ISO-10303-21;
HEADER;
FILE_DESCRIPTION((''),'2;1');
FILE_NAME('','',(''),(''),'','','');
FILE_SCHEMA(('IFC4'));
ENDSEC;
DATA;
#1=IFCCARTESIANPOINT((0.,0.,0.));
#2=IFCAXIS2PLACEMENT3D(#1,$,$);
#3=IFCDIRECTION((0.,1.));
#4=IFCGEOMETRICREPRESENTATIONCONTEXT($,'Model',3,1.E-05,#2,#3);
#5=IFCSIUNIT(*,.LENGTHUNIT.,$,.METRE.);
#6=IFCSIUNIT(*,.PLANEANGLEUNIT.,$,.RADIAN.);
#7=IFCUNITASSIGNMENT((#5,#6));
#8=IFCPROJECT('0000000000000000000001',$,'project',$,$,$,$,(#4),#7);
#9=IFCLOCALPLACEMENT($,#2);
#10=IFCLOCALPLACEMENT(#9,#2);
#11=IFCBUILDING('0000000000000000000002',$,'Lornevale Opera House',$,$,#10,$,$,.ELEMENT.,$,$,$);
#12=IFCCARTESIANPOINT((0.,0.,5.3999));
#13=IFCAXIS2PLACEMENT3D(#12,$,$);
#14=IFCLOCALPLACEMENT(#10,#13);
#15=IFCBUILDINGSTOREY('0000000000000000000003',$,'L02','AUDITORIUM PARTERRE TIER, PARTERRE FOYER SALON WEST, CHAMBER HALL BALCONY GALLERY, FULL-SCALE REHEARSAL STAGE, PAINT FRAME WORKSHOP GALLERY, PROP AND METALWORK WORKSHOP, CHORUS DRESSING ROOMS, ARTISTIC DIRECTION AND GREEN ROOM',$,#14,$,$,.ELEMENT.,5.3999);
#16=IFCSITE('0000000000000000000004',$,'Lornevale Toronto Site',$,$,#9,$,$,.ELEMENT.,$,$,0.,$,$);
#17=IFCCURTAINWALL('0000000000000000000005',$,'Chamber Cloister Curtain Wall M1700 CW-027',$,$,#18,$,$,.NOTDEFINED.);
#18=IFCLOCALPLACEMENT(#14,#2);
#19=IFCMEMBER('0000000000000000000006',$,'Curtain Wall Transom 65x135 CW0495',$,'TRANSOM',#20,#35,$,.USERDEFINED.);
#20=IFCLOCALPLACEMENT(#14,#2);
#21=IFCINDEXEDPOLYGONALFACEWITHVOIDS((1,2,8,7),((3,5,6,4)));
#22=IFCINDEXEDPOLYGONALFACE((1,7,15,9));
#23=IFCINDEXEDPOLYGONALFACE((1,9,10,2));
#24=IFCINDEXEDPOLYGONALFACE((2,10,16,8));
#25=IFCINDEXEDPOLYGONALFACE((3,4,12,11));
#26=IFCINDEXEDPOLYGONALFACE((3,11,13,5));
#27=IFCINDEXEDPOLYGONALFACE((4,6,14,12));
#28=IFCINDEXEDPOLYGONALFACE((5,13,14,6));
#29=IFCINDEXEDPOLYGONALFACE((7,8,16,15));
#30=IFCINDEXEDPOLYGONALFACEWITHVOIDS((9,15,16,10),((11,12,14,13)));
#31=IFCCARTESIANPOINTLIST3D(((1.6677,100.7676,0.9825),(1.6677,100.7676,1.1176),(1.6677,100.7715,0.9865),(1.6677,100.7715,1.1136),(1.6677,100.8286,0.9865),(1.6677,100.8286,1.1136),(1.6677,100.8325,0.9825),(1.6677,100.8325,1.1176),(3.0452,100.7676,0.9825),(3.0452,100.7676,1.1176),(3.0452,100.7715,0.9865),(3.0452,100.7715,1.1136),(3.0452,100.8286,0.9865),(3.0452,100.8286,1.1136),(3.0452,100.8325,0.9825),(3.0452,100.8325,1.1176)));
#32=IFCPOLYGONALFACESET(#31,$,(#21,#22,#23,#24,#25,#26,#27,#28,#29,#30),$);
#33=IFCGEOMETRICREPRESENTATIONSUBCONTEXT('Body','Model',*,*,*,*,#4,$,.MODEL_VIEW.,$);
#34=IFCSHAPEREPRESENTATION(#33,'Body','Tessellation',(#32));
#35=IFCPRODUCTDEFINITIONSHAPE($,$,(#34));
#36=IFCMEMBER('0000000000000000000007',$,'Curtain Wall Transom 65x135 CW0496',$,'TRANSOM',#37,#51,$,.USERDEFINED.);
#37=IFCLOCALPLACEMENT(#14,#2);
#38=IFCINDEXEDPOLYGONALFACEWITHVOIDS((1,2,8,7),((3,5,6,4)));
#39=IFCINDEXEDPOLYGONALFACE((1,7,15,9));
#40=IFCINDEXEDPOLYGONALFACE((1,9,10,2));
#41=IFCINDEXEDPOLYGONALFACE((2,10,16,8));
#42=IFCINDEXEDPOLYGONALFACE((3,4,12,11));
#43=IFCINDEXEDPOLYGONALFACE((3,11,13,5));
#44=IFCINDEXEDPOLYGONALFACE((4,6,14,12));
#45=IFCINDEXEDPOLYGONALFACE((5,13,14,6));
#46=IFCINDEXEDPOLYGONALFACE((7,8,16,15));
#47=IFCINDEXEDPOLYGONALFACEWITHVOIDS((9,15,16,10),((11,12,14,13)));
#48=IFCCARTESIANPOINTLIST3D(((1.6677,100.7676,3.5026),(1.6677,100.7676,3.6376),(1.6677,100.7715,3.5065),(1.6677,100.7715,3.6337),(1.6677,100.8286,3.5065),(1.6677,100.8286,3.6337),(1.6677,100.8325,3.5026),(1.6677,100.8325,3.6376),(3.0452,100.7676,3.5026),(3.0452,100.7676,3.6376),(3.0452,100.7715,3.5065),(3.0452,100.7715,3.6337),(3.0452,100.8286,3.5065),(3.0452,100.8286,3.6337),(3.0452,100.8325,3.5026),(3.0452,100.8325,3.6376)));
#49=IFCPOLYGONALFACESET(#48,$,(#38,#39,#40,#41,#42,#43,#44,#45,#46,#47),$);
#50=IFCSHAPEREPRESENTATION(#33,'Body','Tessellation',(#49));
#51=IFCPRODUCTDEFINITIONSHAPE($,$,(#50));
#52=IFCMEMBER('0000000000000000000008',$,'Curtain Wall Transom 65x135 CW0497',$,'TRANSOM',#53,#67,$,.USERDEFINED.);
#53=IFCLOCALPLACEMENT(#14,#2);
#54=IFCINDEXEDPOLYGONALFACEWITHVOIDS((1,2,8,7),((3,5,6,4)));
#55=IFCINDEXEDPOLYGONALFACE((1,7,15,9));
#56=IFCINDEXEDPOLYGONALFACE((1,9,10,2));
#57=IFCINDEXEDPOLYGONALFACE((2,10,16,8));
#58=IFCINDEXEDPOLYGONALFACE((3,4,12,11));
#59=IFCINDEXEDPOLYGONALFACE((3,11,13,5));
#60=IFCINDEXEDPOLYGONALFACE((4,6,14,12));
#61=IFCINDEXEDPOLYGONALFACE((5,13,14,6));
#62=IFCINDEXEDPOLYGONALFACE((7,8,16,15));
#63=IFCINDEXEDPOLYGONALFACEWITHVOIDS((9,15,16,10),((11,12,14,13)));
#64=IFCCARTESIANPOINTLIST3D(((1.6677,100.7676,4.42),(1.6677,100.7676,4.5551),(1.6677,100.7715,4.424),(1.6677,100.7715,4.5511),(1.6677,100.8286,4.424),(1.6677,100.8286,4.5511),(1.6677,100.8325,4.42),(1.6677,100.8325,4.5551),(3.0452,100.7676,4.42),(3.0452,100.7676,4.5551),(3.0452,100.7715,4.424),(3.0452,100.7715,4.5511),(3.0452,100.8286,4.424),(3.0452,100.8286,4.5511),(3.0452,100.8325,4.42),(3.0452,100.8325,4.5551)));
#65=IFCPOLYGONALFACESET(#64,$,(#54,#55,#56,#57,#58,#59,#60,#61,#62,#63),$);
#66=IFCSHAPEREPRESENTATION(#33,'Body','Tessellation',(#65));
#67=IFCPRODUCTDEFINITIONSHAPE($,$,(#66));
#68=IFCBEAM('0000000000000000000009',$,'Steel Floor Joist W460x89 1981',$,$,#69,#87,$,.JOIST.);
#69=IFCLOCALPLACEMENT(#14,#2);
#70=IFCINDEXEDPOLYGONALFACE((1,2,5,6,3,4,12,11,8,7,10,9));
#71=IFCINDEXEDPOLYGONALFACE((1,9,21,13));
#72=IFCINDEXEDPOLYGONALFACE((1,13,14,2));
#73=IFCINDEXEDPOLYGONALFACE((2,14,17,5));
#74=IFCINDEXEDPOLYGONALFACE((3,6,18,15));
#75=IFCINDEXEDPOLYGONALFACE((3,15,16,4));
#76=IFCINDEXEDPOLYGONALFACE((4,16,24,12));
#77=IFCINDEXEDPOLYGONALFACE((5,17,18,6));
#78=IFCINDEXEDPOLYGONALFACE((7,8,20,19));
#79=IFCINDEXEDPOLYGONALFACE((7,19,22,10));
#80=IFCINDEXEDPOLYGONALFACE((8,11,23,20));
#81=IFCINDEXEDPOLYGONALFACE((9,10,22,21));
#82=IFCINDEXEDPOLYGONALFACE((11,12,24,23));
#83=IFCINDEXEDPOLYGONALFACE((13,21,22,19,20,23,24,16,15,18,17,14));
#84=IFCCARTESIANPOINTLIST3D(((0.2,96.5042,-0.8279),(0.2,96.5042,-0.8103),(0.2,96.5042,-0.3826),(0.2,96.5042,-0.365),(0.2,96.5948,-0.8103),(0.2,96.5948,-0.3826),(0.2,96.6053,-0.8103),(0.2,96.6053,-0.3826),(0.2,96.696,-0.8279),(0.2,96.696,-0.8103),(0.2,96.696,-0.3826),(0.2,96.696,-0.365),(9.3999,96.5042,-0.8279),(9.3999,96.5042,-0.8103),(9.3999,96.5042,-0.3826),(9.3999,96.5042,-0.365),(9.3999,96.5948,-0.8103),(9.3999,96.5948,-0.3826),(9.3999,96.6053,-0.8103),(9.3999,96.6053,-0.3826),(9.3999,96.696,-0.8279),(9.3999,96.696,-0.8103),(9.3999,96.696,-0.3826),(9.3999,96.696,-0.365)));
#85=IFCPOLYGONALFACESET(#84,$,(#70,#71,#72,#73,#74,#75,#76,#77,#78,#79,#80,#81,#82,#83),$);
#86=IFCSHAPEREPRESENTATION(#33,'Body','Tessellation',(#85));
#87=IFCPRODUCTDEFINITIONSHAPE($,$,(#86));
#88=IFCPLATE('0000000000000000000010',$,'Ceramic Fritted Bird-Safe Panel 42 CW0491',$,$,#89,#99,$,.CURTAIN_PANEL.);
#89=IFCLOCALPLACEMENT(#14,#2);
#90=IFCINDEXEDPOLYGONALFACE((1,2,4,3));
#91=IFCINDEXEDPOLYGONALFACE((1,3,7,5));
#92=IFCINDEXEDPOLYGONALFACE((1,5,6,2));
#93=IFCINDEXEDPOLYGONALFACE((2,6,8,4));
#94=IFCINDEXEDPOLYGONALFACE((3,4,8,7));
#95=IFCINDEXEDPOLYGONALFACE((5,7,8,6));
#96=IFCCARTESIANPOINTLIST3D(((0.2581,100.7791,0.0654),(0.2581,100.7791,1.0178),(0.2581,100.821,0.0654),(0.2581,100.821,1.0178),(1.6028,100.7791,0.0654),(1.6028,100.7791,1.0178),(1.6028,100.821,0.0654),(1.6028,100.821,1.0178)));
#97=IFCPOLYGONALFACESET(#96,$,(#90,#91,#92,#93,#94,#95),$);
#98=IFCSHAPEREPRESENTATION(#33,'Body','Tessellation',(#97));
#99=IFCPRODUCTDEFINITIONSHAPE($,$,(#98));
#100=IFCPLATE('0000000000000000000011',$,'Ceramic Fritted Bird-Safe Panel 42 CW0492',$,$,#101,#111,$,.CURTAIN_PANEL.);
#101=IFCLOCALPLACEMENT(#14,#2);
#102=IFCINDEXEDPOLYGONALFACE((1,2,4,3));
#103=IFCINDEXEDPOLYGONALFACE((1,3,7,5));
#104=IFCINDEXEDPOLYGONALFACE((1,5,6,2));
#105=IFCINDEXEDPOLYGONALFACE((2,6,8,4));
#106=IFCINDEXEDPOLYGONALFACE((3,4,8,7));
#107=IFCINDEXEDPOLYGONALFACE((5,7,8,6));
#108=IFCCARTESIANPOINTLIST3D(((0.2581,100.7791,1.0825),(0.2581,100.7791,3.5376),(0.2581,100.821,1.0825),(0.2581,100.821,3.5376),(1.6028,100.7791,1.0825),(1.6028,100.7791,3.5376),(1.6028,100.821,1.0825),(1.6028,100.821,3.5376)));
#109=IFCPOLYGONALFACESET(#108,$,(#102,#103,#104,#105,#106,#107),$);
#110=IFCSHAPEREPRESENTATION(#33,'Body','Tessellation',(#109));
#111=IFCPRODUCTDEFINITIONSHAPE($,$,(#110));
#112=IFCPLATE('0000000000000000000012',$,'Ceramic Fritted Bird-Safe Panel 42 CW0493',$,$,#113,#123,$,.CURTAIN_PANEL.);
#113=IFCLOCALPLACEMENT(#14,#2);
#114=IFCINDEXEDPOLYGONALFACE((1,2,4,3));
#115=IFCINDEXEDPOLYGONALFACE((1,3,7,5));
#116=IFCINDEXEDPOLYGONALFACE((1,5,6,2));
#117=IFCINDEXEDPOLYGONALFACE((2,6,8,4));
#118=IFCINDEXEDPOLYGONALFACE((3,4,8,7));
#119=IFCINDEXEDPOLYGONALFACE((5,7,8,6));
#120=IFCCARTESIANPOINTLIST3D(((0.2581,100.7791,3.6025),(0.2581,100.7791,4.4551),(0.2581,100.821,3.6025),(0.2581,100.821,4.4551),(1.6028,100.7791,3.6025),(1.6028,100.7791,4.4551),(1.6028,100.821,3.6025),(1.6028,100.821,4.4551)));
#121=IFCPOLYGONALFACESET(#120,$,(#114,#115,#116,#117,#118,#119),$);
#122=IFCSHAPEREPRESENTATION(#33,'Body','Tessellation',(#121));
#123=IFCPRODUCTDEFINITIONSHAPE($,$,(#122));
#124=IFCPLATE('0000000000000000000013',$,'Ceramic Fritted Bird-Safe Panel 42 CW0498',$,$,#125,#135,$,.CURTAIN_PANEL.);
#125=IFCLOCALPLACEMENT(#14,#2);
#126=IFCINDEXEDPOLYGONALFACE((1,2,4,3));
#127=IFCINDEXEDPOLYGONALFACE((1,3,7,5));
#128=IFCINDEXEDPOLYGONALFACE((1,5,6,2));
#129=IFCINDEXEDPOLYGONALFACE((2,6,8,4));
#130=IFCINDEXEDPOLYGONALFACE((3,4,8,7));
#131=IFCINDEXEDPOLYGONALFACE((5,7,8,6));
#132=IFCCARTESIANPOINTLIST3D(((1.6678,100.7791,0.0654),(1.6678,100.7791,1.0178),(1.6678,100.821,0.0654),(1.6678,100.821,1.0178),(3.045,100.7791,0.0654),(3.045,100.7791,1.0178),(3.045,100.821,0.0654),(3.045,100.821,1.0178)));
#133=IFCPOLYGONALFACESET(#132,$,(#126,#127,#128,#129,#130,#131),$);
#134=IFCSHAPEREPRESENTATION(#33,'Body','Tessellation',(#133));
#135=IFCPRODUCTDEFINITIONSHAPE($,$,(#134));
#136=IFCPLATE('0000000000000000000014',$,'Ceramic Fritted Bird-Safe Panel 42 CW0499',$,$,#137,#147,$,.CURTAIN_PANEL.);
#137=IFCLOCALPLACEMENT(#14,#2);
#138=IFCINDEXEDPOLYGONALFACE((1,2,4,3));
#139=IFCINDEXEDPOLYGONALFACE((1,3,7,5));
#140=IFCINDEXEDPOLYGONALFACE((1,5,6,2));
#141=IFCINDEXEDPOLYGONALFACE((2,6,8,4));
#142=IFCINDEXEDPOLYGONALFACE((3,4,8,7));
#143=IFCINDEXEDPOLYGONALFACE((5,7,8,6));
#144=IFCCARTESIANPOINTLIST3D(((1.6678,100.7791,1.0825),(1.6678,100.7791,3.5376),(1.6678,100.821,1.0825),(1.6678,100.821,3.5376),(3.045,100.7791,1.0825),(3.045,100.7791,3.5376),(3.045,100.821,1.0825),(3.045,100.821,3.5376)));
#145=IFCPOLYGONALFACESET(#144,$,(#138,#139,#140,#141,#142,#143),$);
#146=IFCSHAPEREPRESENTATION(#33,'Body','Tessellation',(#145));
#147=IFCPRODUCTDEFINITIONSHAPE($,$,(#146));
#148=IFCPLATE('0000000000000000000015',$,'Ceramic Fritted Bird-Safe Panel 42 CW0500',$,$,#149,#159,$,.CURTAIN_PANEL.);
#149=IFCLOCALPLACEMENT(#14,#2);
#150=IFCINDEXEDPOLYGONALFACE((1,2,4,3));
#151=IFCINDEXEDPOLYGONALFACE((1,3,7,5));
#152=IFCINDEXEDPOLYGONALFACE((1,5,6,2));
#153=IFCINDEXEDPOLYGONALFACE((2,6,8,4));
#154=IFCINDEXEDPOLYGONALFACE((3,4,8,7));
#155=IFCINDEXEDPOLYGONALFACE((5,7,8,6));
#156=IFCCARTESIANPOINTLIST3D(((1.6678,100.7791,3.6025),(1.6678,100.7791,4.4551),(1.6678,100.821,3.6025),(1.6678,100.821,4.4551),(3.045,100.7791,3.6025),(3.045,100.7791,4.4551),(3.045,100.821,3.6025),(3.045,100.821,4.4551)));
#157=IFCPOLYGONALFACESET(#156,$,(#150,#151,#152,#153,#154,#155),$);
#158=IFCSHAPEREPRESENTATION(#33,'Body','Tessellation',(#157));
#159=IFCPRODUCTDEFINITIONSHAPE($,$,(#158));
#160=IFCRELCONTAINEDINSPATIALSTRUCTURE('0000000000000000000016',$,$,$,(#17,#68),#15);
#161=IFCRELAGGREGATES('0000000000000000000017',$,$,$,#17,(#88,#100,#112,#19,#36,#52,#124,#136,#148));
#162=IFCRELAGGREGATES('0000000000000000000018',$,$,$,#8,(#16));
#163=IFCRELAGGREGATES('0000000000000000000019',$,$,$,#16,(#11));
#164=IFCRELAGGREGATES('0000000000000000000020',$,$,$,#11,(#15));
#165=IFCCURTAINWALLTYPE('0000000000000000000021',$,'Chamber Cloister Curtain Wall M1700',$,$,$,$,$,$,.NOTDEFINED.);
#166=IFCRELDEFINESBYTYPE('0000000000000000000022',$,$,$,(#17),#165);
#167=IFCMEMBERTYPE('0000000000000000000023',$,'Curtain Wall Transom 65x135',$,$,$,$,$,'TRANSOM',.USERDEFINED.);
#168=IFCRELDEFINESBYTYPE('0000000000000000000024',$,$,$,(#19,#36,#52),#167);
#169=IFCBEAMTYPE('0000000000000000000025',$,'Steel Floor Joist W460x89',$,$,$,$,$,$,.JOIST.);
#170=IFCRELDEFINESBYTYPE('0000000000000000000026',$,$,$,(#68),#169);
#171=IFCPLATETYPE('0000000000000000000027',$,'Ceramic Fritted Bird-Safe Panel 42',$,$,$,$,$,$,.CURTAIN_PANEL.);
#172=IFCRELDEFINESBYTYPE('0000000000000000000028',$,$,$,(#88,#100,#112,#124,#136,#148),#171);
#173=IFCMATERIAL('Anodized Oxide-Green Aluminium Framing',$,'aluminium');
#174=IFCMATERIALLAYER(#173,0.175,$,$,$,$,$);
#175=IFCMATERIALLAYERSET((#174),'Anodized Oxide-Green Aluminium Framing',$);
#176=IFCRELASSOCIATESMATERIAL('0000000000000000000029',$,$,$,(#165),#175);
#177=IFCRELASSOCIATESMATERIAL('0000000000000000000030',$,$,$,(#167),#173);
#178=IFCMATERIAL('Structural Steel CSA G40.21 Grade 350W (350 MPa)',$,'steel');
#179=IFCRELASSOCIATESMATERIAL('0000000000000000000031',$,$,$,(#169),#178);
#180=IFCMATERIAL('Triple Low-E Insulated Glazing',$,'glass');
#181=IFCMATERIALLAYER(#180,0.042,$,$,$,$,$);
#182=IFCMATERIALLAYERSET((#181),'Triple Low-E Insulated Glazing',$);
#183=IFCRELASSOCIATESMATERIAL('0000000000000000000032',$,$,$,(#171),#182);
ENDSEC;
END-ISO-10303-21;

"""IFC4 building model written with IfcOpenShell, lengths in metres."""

from ifc_helpers import new_model, si_unit, direction, frame, origin, origin_2d, place, context, subcontext, project, spatial, rectangle, hollow_rectangle, i_section, extrude, material, layer, layer_set, material_profile, profile_set, type_object, element, aggregate, save


model = new_model("IFC4")

# Units and contexts
model_context = context("Model", 3, precision=1e-05, world=origin(), true_north=direction((0.0, 1.0)))
body_context = subcontext(model_context, "Body", "Model", "MODEL_VIEW")
ifc_project = project(units=[si_unit("LENGTHUNIT", "METRE"), si_unit("PLANEANGLEUNIT", "RADIAN")], contexts=[model_context])

# Site, building, storey
site_placement = place(None, origin())
site = spatial("IfcSite", under=ifc_project, at=site_placement, Name="Lornevale Toronto Site", CompositionType="ELEMENT", RefElevation=0.0)
building_placement = place(site_placement, origin())
building = spatial("IfcBuilding", under=site, at=building_placement, Name="Lornevale Opera House", CompositionType="ELEMENT")
storey_placement = place(building_placement, frame((0.0, 0.0, 5.3999)))
storey = spatial("IfcBuildingStorey", under=building, at=storey_placement, Name="L02", Description="AUDITORIUM PARTERRE TIER, PARTERRE FOYER SALON WEST, CHAMBER HALL BALCONY GALLERY, FULL-SCALE REHEARSAL STAGE, PAINT FRAME WORKSHOP GALLERY, PROP AND METALWORK WORKSHOP, CHORUS DRESSING ROOMS, ARTISTIC DIRECTION AND GREEN ROOM", CompositionType="ELEMENT", Elevation=5.3999)

# Shared definitions
ifc_material_1 = material(Name="Structural Steel CSA G40.21 Grade 350W (350 MPa)", Category="steel")

# Curtain wall, members
ifc_material_2 = material(Name="Anodized Oxide-Green Aluminium Framing", Category="aluminium")
ifc_layer_1 = layer(ifc_material_2, 0.175)
ifc_layer_set_1 = layer_set([ifc_layer_1], Name="Anodized Oxide-Green Aluminium Framing")
curtain_wall_type = type_object("IfcCurtainWallType", Name="Chamber Cloister Curtain Wall M1700", PredefinedType="NOTDEFINED", material=ifc_layer_set_1)
curtain_wall_placement = place(storey_placement, origin())
curtain_wall = element("IfcCurtainWall", 1, at=curtain_wall_placement, inside=storey, type_object=curtain_wall_type, Name="Chamber Cloister Curtain Wall M1700 CW-027", PredefinedType="NOTDEFINED")
ifc_material_profile_1 = material_profile(ifc_material_2, hollow_rectangle(XDim=0.0649, YDim=0.135, WallThickness=0.0039, at=origin_2d()), Name="ALU65x135x4")
ifc_profile_set_1 = profile_set([ifc_material_profile_1], Name="Anodized Oxide-Green Aluminium Framing")
member_type_1 = type_object("IfcMemberType", Name="Curtain Wall Transom 65x135", ElementType="TRANSOM", PredefinedType="USERDEFINED", material=ifc_profile_set_1)
member_1_placement = place(storey_placement, frame((1.6677, 100.8, 1.05), z_axis=(1.0, 0.0, 0.0), x_axis=(0.0, 1.0, 0.0)))
member_1 = element("IfcMember", 2, at=member_1_placement, type_object=member_type_1, Name="Curtain Wall Transom 65x135 CW0495", ObjectType="TRANSOM", PredefinedType="USERDEFINED", context=body_context, shape_type="SweptSolid", body=[
    extrude(hollow_rectangle(XDim=0.0649, YDim=0.135, WallThickness=0.0039, at=origin_2d()), origin(), (0.0, 0.0, 1.0), 1.3774),
])
member_2_placement = place(storey_placement, frame((1.6677, 100.8, 3.5701), z_axis=(1.0, 0.0, 0.0), x_axis=(0.0, 1.0, 0.0)))
member_2 = element("IfcMember", 3, at=member_2_placement, type_object=member_type_1, Name="Curtain Wall Transom 65x135 CW0496", ObjectType="TRANSOM", PredefinedType="USERDEFINED", context=body_context, shape_type="SweptSolid", body=[
    extrude(hollow_rectangle(XDim=0.0649, YDim=0.135, WallThickness=0.0039, at=origin_2d()), origin(), (0.0, 0.0, 1.0), 1.3774),
])
member_3_placement = place(storey_placement, frame((1.6677, 100.8, 4.4875), z_axis=(1.0, 0.0, 0.0), x_axis=(0.0, 1.0, 0.0)))
member_3 = element("IfcMember", 4, at=member_3_placement, type_object=member_type_1, Name="Curtain Wall Transom 65x135 CW0497", ObjectType="TRANSOM", PredefinedType="USERDEFINED", context=body_context, shape_type="SweptSolid", body=[
    extrude(hollow_rectangle(XDim=0.0649, YDim=0.135, WallThickness=0.0039, at=origin_2d()), origin(), (0.0, 0.0, 1.0), 1.3774),
])

# Beam
ifc_material_profile_2 = material_profile(ifc_material_1, i_section(OverallWidth=0.1919, OverallDepth=0.4629, WebThickness=0.0105, FlangeThickness=0.0176, at=origin_2d()), Name="W460x89")
ifc_profile_set_2 = profile_set([ifc_material_profile_2], Name="Structural Steel CSA G40.21 Grade 350W (350 MPa)")
beam_type_1 = type_object("IfcBeamType", Name="Steel Floor Joist W460x89", PredefinedType="JOIST", material=ifc_profile_set_2)
beam_1_placement = place(storey_placement, frame((0.2, 96.6001, -0.5964), z_axis=(1.0, 0.0, 0.0), x_axis=(0.0, 1.0, 0.0)))
element("IfcBeam", 5, at=beam_1_placement, inside=storey, type_object=beam_type_1, Name="Steel Floor Joist W460x89 1981", PredefinedType="JOIST", context=body_context, shape_type="SweptSolid", body=[
    extrude(i_section(OverallWidth=0.1919, OverallDepth=0.4629, WebThickness=0.0105, FlangeThickness=0.0176, at=origin_2d()), origin(), (0.0, 0.0, 1.0), 9.2),
])

# Plates
ifc_material_3 = material(Name="Triple Low-E Insulated Glazing", Category="glass")
ifc_layer_2 = layer(ifc_material_3, 0.042)
ifc_layer_set_2 = layer_set([ifc_layer_2], Name="Triple Low-E Insulated Glazing")
plate_type = type_object("IfcPlateType", Name="Ceramic Fritted Bird-Safe Panel 42", PredefinedType="CURTAIN_PANEL", material=ifc_layer_set_2)
plate_1_placement = place(storey_placement, frame((0.9304, 100.8, 0.0654), z_axis=(0.0, 0.0, 1.0), x_axis=(1.0, 0.0, 0.0)))
plate_1 = element("IfcPlate", 6, at=plate_1_placement, type_object=plate_type, Name="Ceramic Fritted Bird-Safe Panel 42 CW0491", PredefinedType="CURTAIN_PANEL", context=body_context, shape_type="SweptSolid", body=[
    extrude(rectangle(XDim=1.3447, YDim=0.042, at=origin_2d()), origin(), (0.0, 0.0, 1.0), 0.9524),
])
plate_2_placement = place(storey_placement, frame((0.9304, 100.8, 1.0825), z_axis=(0.0, 0.0, 1.0), x_axis=(1.0, 0.0, 0.0)))
plate_2 = element("IfcPlate", 7, at=plate_2_placement, type_object=plate_type, Name="Ceramic Fritted Bird-Safe Panel 42 CW0492", PredefinedType="CURTAIN_PANEL", context=body_context, shape_type="SweptSolid", body=[
    extrude(rectangle(XDim=1.3447, YDim=0.042, at=origin_2d()), origin(), (0.0, 0.0, 1.0), 2.4551),
])
plate_3_placement = place(storey_placement, frame((0.9304, 100.8, 3.6025), z_axis=(0.0, 0.0, 1.0), x_axis=(1.0, 0.0, 0.0)))
plate_3 = element("IfcPlate", 8, at=plate_3_placement, type_object=plate_type, Name="Ceramic Fritted Bird-Safe Panel 42 CW0493", PredefinedType="CURTAIN_PANEL", context=body_context, shape_type="SweptSolid", body=[
    extrude(rectangle(XDim=1.3447, YDim=0.042, at=origin_2d()), origin(), (0.0, 0.0, 1.0), 0.8525),
])
plate_4_placement = place(storey_placement, frame((2.3564, 100.8, 0.0654), z_axis=(0.0, 0.0, 1.0), x_axis=(1.0, 0.0, 0.0)))
plate_4 = element("IfcPlate", 9, at=plate_4_placement, type_object=plate_type, Name="Ceramic Fritted Bird-Safe Panel 42 CW0498", PredefinedType="CURTAIN_PANEL", context=body_context, shape_type="SweptSolid", body=[
    extrude(rectangle(XDim=1.3772, YDim=0.042, at=origin_2d()), origin(), (0.0, 0.0, 1.0), 0.9524),
])
plate_5_placement = place(storey_placement, frame((2.3564, 100.8, 1.0825), z_axis=(0.0, 0.0, 1.0), x_axis=(1.0, 0.0, 0.0)))
plate_5 = element("IfcPlate", 10, at=plate_5_placement, type_object=plate_type, Name="Ceramic Fritted Bird-Safe Panel 42 CW0499", PredefinedType="CURTAIN_PANEL", context=body_context, shape_type="SweptSolid", body=[
    extrude(rectangle(XDim=1.3772, YDim=0.042, at=origin_2d()), origin(), (0.0, 0.0, 1.0), 2.4551),
])
plate_6_placement = place(storey_placement, frame((2.3564, 100.8, 3.6025), z_axis=(0.0, 0.0, 1.0), x_axis=(1.0, 0.0, 0.0)))
plate_6 = element("IfcPlate", 11, at=plate_6_placement, type_object=plate_type, Name="Ceramic Fritted Bird-Safe Panel 42 CW0500", PredefinedType="CURTAIN_PANEL", context=body_context, shape_type="SweptSolid", body=[
    extrude(rectangle(XDim=1.3772, YDim=0.042, at=origin_2d()), origin(), (0.0, 0.0, 1.0), 0.8525),
])
aggregate(curtain_wall, [plate_1, plate_2, plate_3, member_1, member_2, member_3, plate_4, plate_5, plate_6])

save(model, "model.ifc")
